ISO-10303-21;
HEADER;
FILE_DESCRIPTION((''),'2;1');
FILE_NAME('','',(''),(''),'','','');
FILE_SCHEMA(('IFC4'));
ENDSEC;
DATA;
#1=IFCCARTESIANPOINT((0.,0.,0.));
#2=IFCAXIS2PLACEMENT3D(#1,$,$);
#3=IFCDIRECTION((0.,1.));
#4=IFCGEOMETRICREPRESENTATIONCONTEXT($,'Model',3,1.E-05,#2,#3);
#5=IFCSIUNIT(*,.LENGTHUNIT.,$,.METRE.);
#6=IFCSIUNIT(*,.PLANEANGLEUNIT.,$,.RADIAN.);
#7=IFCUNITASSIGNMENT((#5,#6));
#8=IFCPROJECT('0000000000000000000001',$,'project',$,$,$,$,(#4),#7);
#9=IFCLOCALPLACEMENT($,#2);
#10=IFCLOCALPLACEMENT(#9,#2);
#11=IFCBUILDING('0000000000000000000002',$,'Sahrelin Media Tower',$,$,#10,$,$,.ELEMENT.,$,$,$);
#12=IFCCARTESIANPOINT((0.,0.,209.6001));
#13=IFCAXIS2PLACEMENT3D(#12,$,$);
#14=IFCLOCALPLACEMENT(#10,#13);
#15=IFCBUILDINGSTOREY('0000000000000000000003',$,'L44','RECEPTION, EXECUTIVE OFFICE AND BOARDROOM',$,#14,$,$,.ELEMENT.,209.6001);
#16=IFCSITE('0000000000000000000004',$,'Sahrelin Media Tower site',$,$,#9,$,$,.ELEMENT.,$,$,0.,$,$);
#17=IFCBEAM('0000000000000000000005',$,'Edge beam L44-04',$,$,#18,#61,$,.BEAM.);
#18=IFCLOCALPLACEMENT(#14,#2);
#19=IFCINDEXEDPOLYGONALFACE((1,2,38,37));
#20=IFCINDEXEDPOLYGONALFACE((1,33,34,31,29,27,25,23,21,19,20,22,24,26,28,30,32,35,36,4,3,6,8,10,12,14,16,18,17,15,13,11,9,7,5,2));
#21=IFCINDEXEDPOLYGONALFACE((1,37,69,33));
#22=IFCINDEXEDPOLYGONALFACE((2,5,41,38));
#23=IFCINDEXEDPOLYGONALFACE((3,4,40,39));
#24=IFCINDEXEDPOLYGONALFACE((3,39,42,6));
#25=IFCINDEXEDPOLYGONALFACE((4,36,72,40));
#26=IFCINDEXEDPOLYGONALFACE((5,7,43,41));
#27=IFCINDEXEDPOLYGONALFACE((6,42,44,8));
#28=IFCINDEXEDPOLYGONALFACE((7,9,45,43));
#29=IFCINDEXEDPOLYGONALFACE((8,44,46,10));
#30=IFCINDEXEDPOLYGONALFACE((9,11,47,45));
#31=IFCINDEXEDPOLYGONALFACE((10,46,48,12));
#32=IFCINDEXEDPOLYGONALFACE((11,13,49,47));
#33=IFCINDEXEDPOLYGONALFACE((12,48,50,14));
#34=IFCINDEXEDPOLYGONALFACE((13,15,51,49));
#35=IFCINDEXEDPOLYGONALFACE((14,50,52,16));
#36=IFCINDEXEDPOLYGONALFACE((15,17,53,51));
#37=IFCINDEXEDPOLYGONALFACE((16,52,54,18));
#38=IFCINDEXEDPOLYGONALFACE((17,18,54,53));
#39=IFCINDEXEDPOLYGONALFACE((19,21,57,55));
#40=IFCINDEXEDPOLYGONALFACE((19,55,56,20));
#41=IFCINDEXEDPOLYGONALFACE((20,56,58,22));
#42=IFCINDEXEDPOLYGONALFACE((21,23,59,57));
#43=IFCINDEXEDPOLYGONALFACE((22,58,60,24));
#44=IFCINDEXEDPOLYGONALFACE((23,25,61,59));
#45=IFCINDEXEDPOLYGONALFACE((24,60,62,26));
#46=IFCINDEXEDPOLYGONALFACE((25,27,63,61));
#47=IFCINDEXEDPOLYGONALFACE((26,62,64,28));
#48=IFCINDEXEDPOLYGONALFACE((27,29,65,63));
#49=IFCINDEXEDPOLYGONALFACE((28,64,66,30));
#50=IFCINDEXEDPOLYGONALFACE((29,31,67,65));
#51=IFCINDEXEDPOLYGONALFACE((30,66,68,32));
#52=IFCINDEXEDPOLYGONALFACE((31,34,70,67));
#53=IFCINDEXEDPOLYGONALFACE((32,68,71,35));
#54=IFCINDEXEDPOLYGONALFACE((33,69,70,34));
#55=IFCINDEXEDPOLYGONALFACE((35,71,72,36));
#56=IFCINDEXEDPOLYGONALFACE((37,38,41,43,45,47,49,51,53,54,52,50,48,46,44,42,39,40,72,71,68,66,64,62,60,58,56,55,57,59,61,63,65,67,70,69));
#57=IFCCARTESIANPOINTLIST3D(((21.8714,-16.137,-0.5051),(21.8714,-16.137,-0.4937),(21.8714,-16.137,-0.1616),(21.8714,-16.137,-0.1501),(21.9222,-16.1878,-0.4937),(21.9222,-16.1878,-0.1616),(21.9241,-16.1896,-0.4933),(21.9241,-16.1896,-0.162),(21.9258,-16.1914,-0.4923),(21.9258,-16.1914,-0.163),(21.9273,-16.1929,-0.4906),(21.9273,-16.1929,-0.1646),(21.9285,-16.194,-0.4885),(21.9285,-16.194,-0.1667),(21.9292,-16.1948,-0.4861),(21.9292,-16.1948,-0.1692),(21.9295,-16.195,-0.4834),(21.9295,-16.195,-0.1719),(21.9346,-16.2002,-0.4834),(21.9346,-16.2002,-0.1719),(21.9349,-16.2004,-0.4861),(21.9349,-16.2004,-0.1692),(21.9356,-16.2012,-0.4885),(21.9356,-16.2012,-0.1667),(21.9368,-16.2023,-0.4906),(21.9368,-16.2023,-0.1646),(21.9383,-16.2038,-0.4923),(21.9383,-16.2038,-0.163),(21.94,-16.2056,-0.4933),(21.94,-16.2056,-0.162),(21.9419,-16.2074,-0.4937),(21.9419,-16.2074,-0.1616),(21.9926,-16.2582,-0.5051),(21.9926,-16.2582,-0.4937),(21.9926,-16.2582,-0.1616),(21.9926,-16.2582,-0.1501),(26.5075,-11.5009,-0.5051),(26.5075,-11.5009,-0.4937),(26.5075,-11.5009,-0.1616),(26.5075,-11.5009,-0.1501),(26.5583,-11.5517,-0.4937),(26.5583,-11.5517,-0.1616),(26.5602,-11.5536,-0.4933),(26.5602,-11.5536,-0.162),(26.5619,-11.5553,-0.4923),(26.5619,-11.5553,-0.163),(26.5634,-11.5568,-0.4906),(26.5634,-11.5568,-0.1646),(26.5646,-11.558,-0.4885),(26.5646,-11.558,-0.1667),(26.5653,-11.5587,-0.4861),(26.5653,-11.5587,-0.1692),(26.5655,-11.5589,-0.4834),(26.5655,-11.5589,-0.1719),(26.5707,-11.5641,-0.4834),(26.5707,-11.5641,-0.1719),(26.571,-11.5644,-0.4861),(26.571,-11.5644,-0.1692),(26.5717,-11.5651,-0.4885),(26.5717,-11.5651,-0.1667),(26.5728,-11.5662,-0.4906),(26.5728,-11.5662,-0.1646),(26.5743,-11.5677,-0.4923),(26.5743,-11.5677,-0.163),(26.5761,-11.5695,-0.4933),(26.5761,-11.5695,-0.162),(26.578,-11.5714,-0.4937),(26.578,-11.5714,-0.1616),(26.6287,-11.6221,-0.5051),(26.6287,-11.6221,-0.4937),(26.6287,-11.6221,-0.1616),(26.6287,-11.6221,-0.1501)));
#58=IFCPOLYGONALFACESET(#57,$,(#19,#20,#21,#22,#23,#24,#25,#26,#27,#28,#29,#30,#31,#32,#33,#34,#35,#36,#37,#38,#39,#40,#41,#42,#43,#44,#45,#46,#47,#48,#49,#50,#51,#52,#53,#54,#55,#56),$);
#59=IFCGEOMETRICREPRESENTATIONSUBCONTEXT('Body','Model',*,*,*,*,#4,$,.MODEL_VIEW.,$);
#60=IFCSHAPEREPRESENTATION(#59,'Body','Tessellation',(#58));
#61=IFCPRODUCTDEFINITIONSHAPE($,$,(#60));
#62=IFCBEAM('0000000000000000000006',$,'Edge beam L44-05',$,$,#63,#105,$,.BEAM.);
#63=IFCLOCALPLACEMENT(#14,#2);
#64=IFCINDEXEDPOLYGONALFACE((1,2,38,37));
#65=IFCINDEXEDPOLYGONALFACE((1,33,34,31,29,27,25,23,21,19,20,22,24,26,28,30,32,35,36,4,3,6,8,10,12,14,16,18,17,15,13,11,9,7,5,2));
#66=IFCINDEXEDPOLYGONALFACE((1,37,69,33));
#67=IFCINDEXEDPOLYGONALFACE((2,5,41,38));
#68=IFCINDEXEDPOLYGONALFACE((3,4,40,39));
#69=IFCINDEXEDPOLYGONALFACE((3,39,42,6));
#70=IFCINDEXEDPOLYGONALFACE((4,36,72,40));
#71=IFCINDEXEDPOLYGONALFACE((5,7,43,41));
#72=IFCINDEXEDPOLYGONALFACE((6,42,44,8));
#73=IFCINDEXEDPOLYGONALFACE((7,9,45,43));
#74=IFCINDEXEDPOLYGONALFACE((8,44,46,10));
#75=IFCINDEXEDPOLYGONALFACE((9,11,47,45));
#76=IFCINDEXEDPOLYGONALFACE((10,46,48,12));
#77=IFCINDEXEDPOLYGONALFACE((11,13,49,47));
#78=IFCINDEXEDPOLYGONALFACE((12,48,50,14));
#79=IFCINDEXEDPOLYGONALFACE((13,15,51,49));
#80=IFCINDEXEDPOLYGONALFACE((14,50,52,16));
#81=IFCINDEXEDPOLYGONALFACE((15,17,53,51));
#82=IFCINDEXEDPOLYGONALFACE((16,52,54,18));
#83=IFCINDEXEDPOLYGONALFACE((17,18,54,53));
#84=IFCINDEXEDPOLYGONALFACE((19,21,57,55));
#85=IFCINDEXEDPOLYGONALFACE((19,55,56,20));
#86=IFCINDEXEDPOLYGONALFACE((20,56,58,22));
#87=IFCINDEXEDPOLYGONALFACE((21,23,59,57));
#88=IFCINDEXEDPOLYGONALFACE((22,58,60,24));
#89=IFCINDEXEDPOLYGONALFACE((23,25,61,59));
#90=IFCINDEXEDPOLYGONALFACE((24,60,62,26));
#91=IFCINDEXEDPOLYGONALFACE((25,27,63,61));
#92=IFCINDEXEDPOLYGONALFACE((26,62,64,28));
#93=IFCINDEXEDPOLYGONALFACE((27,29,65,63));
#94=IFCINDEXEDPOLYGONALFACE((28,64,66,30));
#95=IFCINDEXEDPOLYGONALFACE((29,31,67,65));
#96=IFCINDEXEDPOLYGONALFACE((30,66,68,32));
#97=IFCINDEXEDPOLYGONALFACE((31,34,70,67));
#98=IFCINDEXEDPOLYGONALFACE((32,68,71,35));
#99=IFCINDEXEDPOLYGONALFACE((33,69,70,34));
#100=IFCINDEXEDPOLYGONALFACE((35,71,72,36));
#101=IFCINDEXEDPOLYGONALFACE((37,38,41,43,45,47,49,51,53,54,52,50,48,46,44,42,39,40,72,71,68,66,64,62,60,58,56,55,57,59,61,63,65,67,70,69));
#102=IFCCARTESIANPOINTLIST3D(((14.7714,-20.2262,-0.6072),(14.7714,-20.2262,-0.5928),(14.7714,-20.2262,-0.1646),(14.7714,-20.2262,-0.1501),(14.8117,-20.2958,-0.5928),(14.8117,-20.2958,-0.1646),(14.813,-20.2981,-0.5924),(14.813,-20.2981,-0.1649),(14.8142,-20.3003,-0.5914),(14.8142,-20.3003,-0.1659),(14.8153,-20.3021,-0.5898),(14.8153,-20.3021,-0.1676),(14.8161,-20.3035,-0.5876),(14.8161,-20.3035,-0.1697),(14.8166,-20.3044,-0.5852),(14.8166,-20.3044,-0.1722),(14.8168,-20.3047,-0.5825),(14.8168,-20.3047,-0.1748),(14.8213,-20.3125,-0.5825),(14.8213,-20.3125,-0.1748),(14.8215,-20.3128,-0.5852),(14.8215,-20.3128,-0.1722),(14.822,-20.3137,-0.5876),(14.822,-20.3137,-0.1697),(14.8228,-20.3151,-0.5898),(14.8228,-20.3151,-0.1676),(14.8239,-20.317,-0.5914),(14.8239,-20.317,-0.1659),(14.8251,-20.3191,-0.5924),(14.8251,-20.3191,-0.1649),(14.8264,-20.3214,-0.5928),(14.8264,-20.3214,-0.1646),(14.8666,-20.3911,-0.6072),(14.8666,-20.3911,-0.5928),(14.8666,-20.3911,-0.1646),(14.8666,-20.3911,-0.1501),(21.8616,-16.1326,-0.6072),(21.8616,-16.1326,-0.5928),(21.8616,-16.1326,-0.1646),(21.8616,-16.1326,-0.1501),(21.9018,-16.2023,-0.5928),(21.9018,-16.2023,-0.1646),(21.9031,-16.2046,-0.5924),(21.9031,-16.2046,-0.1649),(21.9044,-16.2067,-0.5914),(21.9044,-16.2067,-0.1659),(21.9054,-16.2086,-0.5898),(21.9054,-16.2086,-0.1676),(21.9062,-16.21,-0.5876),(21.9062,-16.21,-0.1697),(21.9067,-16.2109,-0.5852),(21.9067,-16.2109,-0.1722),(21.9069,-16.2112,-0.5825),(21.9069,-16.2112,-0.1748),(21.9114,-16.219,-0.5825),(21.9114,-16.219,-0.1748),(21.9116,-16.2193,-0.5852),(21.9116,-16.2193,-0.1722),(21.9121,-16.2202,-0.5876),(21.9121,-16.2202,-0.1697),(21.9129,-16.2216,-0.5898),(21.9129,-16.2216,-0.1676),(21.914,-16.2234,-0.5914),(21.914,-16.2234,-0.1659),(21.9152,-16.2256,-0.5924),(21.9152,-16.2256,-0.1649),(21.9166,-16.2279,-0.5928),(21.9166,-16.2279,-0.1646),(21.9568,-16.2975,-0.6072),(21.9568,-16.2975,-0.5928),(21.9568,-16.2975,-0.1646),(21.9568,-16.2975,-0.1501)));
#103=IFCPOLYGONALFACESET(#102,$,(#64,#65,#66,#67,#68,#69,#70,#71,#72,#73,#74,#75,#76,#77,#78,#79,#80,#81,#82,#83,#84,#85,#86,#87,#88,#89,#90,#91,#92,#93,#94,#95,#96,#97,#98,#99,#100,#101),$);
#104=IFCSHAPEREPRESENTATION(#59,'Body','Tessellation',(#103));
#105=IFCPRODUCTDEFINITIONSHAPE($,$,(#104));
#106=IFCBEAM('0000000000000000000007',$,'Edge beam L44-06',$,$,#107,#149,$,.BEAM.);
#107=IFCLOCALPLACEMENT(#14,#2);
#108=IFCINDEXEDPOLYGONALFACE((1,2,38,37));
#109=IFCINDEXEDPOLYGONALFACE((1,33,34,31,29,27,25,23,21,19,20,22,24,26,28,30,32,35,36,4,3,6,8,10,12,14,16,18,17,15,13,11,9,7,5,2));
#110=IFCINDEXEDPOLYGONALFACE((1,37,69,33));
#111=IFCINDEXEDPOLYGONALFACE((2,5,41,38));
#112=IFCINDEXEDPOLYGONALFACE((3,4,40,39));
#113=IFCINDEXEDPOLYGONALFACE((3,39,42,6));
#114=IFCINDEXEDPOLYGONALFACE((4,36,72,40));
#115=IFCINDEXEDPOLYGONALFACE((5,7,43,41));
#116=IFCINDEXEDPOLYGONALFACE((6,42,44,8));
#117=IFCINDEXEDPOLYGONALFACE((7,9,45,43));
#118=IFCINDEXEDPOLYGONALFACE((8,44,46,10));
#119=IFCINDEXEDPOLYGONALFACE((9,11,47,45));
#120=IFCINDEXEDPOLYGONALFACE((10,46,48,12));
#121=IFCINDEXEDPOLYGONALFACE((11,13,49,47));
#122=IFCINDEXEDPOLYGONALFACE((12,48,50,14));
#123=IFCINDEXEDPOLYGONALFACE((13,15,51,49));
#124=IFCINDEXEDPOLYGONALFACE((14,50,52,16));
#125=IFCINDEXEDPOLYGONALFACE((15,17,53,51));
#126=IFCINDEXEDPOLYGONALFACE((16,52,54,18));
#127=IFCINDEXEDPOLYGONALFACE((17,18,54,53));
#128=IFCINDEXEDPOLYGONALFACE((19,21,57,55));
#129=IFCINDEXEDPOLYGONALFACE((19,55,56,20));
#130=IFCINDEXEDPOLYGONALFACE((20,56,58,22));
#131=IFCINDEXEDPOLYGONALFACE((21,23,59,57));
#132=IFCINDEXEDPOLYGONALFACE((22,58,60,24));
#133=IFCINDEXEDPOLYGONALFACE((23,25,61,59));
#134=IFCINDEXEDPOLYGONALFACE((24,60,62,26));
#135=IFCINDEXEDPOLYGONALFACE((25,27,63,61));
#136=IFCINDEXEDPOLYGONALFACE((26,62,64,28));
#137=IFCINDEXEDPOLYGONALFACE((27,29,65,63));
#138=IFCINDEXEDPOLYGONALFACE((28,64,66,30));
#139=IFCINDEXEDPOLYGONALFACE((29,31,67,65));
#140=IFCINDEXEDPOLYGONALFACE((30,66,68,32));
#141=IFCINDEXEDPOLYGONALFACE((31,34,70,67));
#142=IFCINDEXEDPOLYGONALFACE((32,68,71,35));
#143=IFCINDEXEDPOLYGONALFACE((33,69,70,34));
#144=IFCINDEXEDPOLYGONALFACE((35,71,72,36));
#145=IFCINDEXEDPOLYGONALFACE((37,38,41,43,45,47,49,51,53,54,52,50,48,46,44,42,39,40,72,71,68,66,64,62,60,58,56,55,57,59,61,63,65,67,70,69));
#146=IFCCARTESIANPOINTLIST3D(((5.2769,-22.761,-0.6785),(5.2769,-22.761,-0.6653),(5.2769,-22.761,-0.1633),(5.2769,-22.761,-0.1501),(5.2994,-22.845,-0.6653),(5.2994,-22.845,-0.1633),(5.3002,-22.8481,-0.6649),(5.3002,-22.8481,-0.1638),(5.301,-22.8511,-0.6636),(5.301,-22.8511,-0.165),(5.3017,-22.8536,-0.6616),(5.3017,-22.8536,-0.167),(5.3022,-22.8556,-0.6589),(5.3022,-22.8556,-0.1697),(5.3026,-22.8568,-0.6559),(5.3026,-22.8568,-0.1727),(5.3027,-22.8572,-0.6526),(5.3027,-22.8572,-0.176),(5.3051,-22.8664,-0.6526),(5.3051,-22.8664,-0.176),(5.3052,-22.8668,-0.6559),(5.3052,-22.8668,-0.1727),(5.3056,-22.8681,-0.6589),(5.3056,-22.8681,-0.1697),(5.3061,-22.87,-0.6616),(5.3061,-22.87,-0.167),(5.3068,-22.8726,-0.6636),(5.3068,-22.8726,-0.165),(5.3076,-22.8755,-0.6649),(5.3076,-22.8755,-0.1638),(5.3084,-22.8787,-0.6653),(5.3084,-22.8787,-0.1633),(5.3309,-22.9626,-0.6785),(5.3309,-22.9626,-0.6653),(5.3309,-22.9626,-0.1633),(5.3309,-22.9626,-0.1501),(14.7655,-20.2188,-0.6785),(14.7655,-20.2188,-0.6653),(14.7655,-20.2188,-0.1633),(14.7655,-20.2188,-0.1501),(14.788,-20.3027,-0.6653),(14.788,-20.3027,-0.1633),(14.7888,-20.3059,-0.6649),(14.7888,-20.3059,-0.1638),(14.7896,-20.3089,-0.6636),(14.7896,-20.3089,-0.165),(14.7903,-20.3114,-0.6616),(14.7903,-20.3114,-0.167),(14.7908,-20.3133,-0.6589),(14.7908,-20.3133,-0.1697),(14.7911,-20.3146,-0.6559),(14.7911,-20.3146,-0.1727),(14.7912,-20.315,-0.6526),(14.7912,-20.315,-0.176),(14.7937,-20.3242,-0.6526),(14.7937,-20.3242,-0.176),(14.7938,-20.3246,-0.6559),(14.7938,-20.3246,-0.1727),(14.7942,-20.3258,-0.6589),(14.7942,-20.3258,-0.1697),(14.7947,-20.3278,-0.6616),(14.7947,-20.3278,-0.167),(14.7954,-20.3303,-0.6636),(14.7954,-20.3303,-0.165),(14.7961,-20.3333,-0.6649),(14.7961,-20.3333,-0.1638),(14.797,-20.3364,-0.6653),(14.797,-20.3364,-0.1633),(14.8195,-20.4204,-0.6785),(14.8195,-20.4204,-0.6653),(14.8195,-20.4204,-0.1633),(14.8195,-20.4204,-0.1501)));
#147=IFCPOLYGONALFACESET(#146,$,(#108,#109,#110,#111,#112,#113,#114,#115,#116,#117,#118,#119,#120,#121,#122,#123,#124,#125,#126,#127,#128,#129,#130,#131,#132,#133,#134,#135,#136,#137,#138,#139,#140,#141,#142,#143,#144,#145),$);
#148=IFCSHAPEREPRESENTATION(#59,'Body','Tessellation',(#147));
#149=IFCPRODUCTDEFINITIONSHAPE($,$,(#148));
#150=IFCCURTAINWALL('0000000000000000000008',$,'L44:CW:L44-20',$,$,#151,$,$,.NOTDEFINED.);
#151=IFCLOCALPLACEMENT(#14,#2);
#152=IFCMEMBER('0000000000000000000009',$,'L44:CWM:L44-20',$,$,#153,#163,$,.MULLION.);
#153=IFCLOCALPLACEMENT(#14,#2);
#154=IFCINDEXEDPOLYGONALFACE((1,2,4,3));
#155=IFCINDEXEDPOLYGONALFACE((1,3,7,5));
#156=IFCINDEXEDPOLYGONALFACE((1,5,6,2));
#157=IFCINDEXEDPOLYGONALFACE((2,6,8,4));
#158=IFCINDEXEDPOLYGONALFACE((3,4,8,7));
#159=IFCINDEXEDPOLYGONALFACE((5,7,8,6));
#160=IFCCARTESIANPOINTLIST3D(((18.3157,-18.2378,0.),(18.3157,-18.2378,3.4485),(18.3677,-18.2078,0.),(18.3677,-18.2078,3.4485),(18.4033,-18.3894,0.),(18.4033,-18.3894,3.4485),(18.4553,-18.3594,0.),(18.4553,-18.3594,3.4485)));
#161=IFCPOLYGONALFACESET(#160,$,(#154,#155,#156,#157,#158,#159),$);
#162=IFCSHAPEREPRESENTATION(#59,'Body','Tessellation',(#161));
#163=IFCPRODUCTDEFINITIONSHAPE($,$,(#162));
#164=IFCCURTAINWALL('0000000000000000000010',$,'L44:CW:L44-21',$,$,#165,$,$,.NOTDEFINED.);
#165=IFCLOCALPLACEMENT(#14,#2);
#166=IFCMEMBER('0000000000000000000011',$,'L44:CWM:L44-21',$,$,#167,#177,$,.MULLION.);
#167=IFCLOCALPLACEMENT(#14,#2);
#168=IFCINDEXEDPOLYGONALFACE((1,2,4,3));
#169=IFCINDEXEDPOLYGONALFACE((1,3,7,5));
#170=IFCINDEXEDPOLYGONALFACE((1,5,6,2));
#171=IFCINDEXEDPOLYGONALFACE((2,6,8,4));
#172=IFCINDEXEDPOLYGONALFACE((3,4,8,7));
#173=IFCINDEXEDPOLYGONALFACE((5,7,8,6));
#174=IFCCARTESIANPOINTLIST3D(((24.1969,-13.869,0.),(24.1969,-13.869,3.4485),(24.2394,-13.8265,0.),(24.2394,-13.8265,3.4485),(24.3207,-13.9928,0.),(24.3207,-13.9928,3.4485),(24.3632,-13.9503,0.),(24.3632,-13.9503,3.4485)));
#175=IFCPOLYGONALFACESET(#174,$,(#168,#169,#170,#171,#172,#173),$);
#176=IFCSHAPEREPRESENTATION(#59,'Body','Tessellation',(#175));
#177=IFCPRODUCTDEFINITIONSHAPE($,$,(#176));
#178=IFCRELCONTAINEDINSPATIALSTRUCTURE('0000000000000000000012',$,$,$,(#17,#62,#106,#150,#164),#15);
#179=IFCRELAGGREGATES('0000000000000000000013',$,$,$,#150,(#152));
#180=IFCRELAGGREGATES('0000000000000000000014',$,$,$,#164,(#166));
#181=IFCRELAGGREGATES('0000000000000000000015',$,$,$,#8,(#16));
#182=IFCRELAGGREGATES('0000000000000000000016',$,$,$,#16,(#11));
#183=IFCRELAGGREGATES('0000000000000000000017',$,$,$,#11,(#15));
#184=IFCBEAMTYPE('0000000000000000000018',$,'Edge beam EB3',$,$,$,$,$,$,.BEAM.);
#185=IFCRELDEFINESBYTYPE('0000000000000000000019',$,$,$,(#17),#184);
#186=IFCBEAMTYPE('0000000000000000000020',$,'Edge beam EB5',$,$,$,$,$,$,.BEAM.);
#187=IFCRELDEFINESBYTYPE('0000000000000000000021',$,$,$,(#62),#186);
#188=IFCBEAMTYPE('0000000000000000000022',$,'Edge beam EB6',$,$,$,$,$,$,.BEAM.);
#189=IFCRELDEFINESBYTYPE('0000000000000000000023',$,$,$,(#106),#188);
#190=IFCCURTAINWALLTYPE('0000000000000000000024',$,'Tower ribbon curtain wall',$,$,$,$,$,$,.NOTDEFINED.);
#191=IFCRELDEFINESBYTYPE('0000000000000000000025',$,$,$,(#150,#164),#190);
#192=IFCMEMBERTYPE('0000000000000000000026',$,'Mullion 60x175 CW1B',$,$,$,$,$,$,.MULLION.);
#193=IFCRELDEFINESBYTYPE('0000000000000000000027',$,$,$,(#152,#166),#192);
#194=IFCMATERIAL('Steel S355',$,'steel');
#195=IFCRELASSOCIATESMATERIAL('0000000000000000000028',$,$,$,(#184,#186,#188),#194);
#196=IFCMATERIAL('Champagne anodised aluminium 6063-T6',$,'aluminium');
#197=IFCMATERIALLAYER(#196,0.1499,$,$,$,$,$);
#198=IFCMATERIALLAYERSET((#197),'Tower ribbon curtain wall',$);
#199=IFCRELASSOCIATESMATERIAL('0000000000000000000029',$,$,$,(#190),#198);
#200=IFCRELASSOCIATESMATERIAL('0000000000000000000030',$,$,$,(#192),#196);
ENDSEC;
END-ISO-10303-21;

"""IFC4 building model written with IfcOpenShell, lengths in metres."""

from ifc_helpers import new_model, si_unit, direction, frame, origin, origin_2d, place, context, subcontext, project, spatial, rectangle, i_section, extrude, material, layer, layer_set, material_profile, profile_set, type_object, element, aggregate, save


model = new_model("IFC4")

# Units and contexts
model_context = context("Model", 3, precision=1e-05, world=origin(), true_north=direction((0.0, 1.0)))
body_context = subcontext(model_context, "Body", "Model", "MODEL_VIEW")
ifc_project = project(units=[si_unit("LENGTHUNIT", "METRE"), si_unit("PLANEANGLEUNIT", "RADIAN")], contexts=[model_context])

# Site, building, storey
site_placement = place(None, origin())
site = spatial("IfcSite", under=ifc_project, at=site_placement, Name="Sahrelin Media Tower site", CompositionType="ELEMENT", RefElevation=0.0)
building_placement = place(site_placement, origin())
building = spatial("IfcBuilding", under=site, at=building_placement, Name="Sahrelin Media Tower", CompositionType="ELEMENT")
storey_placement = place(building_placement, frame((0.0, 0.0, 209.6001)))
storey = spatial("IfcBuildingStorey", under=building, at=storey_placement, Name="L44", Description="RECEPTION, EXECUTIVE OFFICE AND BOARDROOM", CompositionType="ELEMENT", Elevation=209.6001)

# Beams
ifc_material_1 = material(Name="Steel S355", Category="steel")
ifc_material_profile_1 = material_profile(ifc_material_1, i_section(OverallWidth=0.1714, OverallDepth=0.355, WebThickness=0.0073, FlangeThickness=0.0115, FilletRadius=0.0103, at=origin_2d()), Name="UB 356x171x51")
ifc_profile_set_1 = profile_set([ifc_material_profile_1], Name="Steel S355")
beam_type_1 = type_object("IfcBeamType", Name="Edge beam EB3", PredefinedType="BEAM", material=ifc_profile_set_1)
beam_1_placement = place(storey_placement, frame((26.5681, -11.5615, -0.3276), z_axis=(-0.707107, -0.707107, 0.0), x_axis=(0.707107, -0.707107, 0.0)))
element("IfcBeam", 1, at=beam_1_placement, inside=storey, type_object=beam_type_1, Name="Edge beam L44-04", PredefinedType="BEAM", context=body_context, shape_type="SweptSolid", body=[
    extrude(i_section(OverallWidth=0.1714, OverallDepth=0.355, WebThickness=0.0073, FlangeThickness=0.0115, FilletRadius=0.0103, at=origin_2d()), origin(), (0.0, 0.0, 1.0), 6.5564),
])
ifc_material_profile_2 = material_profile(ifc_material_1, i_section(OverallWidth=0.1904, OverallDepth=0.457, WebThickness=0.009, FlangeThickness=0.0144, FilletRadius=0.0103, at=origin_2d()), Name="UB 457x191x74")
ifc_profile_set_2 = profile_set([ifc_material_profile_2], Name="Steel S355")
beam_type_2 = type_object("IfcBeamType", Name="Edge beam EB5", PredefinedType="BEAM", material=ifc_profile_set_2)
beam_2_placement = place(storey_placement, frame((21.9092, -16.2151, -0.3787), z_axis=(-0.866023, -0.500004, 0.0), x_axis=(0.500004, -0.866023, 0.0)))
element("IfcBeam", 2, at=beam_2_placement, inside=storey, type_object=beam_type_2, Name="Edge beam L44-05", PredefinedType="BEAM", context=body_context, shape_type="SweptSolid", body=[
    extrude(i_section(OverallWidth=0.1904, OverallDepth=0.457, WebThickness=0.009, FlangeThickness=0.0144, FilletRadius=0.0103, at=origin_2d()), origin(), (0.0, 0.0, 1.0), 8.187),
])
ifc_material_profile_3 = material_profile(ifc_material_1, i_section(OverallWidth=0.2087, OverallDepth=0.5283, WebThickness=0.0095, FlangeThickness=0.0132, FilletRadius=0.0127, at=origin_2d()), Name="UB 533x210x82")
ifc_profile_set_3 = profile_set([ifc_material_profile_3], Name="Steel S355")
beam_type_3 = type_object("IfcBeamType", Name="Edge beam EB6", PredefinedType="BEAM", material=ifc_profile_set_3)
beam_3_placement = place(storey_placement, frame((14.7925, -20.3196, -0.4143), z_axis=(-0.965931, -0.258799, 0.0), x_axis=(0.258799, -0.965931, 0.0)))
element("IfcBeam", 3, at=beam_3_placement, inside=storey, type_object=beam_type_3, Name="Edge beam L44-06", PredefinedType="BEAM", context=body_context, shape_type="SweptSolid", body=[
    extrude(i_section(OverallWidth=0.2087, OverallDepth=0.5283, WebThickness=0.0095, FlangeThickness=0.0132, FilletRadius=0.0127, at=origin_2d()), origin(), (0.0, 0.0, 1.0), 9.8232),
])

# Curtain walls, members
ifc_material_2 = material(Name="Champagne anodised aluminium 6063-T6", Category="aluminium")
ifc_layer_1 = layer(ifc_material_2, 0.1499)
ifc_layer_set_1 = layer_set([ifc_layer_1], Name="Tower ribbon curtain wall")
curtain_wall_type = type_object("IfcCurtainWallType", Name="Tower ribbon curtain wall", PredefinedType="NOTDEFINED", material=ifc_layer_set_1)
curtain_wall_1_placement = place(storey_placement, frame((18.4392, -18.3916, 0.0), z_axis=(0.0, 0.0, 1.0), x_axis=(1.0, 0.0, 0.0)))
curtain_wall_1 = element("IfcCurtainWall", 4, at=curtain_wall_1_placement, inside=storey, type_object=curtain_wall_type, Name="L44:CW:L44-20", PredefinedType="NOTDEFINED")
ifc_material_profile_4 = material_profile(ifc_material_2, rectangle(XDim=0.0601, YDim=0.175, at=origin_2d()), Name="Mullion 60x175")
ifc_profile_set_4 = profile_set([ifc_material_profile_4], Name="Champagne anodised aluminium 6063-T6")
member_type_1 = type_object("IfcMemberType", Name="Mullion 60x175 CW1B", PredefinedType="MULLION", material=ifc_profile_set_4)
member_1_placement = place(storey_placement, frame((18.3855, -18.2986, 0.0), z_axis=(0.0, 0.0, 1.0), x_axis=(0.866024, 0.500003, 0.0)))
member_1 = element("IfcMember", 5, at=member_1_placement, type_object=member_type_1, Name="L44:CWM:L44-20", PredefinedType="MULLION", context=body_context, shape_type="SweptSolid", body=[
    extrude(rectangle(XDim=0.0601, YDim=0.175, at=origin_2d()), origin(), (0.0, 0.0, 1.0), 3.4485),
])
curtain_wall_2_placement = place(storey_placement, frame((24.3562, -13.9856, 0.0), z_axis=(0.0, 0.0, 1.0), x_axis=(1.0, 0.0, 0.0)))
curtain_wall_2 = element("IfcCurtainWall", 6, at=curtain_wall_2_placement, inside=storey, type_object=curtain_wall_type, Name="L44:CW:L44-21", PredefinedType="NOTDEFINED")
member_2_placement = place(storey_placement, frame((24.28, -13.9097, 0.0), z_axis=(0.0, 0.0, 1.0), x_axis=(0.707107, 0.707107, 0.0)))
member_2 = element("IfcMember", 7, at=member_2_placement, type_object=member_type_1, Name="L44:CWM:L44-21", PredefinedType="MULLION", context=body_context, shape_type="SweptSolid", body=[
    extrude(rectangle(XDim=0.0601, YDim=0.175, at=origin_2d()), origin(), (0.0, 0.0, 1.0), 3.4485),
])

aggregate(curtain_wall_1, [member_1])
aggregate(curtain_wall_2, [member_2])

save(model, "model.ifc")
